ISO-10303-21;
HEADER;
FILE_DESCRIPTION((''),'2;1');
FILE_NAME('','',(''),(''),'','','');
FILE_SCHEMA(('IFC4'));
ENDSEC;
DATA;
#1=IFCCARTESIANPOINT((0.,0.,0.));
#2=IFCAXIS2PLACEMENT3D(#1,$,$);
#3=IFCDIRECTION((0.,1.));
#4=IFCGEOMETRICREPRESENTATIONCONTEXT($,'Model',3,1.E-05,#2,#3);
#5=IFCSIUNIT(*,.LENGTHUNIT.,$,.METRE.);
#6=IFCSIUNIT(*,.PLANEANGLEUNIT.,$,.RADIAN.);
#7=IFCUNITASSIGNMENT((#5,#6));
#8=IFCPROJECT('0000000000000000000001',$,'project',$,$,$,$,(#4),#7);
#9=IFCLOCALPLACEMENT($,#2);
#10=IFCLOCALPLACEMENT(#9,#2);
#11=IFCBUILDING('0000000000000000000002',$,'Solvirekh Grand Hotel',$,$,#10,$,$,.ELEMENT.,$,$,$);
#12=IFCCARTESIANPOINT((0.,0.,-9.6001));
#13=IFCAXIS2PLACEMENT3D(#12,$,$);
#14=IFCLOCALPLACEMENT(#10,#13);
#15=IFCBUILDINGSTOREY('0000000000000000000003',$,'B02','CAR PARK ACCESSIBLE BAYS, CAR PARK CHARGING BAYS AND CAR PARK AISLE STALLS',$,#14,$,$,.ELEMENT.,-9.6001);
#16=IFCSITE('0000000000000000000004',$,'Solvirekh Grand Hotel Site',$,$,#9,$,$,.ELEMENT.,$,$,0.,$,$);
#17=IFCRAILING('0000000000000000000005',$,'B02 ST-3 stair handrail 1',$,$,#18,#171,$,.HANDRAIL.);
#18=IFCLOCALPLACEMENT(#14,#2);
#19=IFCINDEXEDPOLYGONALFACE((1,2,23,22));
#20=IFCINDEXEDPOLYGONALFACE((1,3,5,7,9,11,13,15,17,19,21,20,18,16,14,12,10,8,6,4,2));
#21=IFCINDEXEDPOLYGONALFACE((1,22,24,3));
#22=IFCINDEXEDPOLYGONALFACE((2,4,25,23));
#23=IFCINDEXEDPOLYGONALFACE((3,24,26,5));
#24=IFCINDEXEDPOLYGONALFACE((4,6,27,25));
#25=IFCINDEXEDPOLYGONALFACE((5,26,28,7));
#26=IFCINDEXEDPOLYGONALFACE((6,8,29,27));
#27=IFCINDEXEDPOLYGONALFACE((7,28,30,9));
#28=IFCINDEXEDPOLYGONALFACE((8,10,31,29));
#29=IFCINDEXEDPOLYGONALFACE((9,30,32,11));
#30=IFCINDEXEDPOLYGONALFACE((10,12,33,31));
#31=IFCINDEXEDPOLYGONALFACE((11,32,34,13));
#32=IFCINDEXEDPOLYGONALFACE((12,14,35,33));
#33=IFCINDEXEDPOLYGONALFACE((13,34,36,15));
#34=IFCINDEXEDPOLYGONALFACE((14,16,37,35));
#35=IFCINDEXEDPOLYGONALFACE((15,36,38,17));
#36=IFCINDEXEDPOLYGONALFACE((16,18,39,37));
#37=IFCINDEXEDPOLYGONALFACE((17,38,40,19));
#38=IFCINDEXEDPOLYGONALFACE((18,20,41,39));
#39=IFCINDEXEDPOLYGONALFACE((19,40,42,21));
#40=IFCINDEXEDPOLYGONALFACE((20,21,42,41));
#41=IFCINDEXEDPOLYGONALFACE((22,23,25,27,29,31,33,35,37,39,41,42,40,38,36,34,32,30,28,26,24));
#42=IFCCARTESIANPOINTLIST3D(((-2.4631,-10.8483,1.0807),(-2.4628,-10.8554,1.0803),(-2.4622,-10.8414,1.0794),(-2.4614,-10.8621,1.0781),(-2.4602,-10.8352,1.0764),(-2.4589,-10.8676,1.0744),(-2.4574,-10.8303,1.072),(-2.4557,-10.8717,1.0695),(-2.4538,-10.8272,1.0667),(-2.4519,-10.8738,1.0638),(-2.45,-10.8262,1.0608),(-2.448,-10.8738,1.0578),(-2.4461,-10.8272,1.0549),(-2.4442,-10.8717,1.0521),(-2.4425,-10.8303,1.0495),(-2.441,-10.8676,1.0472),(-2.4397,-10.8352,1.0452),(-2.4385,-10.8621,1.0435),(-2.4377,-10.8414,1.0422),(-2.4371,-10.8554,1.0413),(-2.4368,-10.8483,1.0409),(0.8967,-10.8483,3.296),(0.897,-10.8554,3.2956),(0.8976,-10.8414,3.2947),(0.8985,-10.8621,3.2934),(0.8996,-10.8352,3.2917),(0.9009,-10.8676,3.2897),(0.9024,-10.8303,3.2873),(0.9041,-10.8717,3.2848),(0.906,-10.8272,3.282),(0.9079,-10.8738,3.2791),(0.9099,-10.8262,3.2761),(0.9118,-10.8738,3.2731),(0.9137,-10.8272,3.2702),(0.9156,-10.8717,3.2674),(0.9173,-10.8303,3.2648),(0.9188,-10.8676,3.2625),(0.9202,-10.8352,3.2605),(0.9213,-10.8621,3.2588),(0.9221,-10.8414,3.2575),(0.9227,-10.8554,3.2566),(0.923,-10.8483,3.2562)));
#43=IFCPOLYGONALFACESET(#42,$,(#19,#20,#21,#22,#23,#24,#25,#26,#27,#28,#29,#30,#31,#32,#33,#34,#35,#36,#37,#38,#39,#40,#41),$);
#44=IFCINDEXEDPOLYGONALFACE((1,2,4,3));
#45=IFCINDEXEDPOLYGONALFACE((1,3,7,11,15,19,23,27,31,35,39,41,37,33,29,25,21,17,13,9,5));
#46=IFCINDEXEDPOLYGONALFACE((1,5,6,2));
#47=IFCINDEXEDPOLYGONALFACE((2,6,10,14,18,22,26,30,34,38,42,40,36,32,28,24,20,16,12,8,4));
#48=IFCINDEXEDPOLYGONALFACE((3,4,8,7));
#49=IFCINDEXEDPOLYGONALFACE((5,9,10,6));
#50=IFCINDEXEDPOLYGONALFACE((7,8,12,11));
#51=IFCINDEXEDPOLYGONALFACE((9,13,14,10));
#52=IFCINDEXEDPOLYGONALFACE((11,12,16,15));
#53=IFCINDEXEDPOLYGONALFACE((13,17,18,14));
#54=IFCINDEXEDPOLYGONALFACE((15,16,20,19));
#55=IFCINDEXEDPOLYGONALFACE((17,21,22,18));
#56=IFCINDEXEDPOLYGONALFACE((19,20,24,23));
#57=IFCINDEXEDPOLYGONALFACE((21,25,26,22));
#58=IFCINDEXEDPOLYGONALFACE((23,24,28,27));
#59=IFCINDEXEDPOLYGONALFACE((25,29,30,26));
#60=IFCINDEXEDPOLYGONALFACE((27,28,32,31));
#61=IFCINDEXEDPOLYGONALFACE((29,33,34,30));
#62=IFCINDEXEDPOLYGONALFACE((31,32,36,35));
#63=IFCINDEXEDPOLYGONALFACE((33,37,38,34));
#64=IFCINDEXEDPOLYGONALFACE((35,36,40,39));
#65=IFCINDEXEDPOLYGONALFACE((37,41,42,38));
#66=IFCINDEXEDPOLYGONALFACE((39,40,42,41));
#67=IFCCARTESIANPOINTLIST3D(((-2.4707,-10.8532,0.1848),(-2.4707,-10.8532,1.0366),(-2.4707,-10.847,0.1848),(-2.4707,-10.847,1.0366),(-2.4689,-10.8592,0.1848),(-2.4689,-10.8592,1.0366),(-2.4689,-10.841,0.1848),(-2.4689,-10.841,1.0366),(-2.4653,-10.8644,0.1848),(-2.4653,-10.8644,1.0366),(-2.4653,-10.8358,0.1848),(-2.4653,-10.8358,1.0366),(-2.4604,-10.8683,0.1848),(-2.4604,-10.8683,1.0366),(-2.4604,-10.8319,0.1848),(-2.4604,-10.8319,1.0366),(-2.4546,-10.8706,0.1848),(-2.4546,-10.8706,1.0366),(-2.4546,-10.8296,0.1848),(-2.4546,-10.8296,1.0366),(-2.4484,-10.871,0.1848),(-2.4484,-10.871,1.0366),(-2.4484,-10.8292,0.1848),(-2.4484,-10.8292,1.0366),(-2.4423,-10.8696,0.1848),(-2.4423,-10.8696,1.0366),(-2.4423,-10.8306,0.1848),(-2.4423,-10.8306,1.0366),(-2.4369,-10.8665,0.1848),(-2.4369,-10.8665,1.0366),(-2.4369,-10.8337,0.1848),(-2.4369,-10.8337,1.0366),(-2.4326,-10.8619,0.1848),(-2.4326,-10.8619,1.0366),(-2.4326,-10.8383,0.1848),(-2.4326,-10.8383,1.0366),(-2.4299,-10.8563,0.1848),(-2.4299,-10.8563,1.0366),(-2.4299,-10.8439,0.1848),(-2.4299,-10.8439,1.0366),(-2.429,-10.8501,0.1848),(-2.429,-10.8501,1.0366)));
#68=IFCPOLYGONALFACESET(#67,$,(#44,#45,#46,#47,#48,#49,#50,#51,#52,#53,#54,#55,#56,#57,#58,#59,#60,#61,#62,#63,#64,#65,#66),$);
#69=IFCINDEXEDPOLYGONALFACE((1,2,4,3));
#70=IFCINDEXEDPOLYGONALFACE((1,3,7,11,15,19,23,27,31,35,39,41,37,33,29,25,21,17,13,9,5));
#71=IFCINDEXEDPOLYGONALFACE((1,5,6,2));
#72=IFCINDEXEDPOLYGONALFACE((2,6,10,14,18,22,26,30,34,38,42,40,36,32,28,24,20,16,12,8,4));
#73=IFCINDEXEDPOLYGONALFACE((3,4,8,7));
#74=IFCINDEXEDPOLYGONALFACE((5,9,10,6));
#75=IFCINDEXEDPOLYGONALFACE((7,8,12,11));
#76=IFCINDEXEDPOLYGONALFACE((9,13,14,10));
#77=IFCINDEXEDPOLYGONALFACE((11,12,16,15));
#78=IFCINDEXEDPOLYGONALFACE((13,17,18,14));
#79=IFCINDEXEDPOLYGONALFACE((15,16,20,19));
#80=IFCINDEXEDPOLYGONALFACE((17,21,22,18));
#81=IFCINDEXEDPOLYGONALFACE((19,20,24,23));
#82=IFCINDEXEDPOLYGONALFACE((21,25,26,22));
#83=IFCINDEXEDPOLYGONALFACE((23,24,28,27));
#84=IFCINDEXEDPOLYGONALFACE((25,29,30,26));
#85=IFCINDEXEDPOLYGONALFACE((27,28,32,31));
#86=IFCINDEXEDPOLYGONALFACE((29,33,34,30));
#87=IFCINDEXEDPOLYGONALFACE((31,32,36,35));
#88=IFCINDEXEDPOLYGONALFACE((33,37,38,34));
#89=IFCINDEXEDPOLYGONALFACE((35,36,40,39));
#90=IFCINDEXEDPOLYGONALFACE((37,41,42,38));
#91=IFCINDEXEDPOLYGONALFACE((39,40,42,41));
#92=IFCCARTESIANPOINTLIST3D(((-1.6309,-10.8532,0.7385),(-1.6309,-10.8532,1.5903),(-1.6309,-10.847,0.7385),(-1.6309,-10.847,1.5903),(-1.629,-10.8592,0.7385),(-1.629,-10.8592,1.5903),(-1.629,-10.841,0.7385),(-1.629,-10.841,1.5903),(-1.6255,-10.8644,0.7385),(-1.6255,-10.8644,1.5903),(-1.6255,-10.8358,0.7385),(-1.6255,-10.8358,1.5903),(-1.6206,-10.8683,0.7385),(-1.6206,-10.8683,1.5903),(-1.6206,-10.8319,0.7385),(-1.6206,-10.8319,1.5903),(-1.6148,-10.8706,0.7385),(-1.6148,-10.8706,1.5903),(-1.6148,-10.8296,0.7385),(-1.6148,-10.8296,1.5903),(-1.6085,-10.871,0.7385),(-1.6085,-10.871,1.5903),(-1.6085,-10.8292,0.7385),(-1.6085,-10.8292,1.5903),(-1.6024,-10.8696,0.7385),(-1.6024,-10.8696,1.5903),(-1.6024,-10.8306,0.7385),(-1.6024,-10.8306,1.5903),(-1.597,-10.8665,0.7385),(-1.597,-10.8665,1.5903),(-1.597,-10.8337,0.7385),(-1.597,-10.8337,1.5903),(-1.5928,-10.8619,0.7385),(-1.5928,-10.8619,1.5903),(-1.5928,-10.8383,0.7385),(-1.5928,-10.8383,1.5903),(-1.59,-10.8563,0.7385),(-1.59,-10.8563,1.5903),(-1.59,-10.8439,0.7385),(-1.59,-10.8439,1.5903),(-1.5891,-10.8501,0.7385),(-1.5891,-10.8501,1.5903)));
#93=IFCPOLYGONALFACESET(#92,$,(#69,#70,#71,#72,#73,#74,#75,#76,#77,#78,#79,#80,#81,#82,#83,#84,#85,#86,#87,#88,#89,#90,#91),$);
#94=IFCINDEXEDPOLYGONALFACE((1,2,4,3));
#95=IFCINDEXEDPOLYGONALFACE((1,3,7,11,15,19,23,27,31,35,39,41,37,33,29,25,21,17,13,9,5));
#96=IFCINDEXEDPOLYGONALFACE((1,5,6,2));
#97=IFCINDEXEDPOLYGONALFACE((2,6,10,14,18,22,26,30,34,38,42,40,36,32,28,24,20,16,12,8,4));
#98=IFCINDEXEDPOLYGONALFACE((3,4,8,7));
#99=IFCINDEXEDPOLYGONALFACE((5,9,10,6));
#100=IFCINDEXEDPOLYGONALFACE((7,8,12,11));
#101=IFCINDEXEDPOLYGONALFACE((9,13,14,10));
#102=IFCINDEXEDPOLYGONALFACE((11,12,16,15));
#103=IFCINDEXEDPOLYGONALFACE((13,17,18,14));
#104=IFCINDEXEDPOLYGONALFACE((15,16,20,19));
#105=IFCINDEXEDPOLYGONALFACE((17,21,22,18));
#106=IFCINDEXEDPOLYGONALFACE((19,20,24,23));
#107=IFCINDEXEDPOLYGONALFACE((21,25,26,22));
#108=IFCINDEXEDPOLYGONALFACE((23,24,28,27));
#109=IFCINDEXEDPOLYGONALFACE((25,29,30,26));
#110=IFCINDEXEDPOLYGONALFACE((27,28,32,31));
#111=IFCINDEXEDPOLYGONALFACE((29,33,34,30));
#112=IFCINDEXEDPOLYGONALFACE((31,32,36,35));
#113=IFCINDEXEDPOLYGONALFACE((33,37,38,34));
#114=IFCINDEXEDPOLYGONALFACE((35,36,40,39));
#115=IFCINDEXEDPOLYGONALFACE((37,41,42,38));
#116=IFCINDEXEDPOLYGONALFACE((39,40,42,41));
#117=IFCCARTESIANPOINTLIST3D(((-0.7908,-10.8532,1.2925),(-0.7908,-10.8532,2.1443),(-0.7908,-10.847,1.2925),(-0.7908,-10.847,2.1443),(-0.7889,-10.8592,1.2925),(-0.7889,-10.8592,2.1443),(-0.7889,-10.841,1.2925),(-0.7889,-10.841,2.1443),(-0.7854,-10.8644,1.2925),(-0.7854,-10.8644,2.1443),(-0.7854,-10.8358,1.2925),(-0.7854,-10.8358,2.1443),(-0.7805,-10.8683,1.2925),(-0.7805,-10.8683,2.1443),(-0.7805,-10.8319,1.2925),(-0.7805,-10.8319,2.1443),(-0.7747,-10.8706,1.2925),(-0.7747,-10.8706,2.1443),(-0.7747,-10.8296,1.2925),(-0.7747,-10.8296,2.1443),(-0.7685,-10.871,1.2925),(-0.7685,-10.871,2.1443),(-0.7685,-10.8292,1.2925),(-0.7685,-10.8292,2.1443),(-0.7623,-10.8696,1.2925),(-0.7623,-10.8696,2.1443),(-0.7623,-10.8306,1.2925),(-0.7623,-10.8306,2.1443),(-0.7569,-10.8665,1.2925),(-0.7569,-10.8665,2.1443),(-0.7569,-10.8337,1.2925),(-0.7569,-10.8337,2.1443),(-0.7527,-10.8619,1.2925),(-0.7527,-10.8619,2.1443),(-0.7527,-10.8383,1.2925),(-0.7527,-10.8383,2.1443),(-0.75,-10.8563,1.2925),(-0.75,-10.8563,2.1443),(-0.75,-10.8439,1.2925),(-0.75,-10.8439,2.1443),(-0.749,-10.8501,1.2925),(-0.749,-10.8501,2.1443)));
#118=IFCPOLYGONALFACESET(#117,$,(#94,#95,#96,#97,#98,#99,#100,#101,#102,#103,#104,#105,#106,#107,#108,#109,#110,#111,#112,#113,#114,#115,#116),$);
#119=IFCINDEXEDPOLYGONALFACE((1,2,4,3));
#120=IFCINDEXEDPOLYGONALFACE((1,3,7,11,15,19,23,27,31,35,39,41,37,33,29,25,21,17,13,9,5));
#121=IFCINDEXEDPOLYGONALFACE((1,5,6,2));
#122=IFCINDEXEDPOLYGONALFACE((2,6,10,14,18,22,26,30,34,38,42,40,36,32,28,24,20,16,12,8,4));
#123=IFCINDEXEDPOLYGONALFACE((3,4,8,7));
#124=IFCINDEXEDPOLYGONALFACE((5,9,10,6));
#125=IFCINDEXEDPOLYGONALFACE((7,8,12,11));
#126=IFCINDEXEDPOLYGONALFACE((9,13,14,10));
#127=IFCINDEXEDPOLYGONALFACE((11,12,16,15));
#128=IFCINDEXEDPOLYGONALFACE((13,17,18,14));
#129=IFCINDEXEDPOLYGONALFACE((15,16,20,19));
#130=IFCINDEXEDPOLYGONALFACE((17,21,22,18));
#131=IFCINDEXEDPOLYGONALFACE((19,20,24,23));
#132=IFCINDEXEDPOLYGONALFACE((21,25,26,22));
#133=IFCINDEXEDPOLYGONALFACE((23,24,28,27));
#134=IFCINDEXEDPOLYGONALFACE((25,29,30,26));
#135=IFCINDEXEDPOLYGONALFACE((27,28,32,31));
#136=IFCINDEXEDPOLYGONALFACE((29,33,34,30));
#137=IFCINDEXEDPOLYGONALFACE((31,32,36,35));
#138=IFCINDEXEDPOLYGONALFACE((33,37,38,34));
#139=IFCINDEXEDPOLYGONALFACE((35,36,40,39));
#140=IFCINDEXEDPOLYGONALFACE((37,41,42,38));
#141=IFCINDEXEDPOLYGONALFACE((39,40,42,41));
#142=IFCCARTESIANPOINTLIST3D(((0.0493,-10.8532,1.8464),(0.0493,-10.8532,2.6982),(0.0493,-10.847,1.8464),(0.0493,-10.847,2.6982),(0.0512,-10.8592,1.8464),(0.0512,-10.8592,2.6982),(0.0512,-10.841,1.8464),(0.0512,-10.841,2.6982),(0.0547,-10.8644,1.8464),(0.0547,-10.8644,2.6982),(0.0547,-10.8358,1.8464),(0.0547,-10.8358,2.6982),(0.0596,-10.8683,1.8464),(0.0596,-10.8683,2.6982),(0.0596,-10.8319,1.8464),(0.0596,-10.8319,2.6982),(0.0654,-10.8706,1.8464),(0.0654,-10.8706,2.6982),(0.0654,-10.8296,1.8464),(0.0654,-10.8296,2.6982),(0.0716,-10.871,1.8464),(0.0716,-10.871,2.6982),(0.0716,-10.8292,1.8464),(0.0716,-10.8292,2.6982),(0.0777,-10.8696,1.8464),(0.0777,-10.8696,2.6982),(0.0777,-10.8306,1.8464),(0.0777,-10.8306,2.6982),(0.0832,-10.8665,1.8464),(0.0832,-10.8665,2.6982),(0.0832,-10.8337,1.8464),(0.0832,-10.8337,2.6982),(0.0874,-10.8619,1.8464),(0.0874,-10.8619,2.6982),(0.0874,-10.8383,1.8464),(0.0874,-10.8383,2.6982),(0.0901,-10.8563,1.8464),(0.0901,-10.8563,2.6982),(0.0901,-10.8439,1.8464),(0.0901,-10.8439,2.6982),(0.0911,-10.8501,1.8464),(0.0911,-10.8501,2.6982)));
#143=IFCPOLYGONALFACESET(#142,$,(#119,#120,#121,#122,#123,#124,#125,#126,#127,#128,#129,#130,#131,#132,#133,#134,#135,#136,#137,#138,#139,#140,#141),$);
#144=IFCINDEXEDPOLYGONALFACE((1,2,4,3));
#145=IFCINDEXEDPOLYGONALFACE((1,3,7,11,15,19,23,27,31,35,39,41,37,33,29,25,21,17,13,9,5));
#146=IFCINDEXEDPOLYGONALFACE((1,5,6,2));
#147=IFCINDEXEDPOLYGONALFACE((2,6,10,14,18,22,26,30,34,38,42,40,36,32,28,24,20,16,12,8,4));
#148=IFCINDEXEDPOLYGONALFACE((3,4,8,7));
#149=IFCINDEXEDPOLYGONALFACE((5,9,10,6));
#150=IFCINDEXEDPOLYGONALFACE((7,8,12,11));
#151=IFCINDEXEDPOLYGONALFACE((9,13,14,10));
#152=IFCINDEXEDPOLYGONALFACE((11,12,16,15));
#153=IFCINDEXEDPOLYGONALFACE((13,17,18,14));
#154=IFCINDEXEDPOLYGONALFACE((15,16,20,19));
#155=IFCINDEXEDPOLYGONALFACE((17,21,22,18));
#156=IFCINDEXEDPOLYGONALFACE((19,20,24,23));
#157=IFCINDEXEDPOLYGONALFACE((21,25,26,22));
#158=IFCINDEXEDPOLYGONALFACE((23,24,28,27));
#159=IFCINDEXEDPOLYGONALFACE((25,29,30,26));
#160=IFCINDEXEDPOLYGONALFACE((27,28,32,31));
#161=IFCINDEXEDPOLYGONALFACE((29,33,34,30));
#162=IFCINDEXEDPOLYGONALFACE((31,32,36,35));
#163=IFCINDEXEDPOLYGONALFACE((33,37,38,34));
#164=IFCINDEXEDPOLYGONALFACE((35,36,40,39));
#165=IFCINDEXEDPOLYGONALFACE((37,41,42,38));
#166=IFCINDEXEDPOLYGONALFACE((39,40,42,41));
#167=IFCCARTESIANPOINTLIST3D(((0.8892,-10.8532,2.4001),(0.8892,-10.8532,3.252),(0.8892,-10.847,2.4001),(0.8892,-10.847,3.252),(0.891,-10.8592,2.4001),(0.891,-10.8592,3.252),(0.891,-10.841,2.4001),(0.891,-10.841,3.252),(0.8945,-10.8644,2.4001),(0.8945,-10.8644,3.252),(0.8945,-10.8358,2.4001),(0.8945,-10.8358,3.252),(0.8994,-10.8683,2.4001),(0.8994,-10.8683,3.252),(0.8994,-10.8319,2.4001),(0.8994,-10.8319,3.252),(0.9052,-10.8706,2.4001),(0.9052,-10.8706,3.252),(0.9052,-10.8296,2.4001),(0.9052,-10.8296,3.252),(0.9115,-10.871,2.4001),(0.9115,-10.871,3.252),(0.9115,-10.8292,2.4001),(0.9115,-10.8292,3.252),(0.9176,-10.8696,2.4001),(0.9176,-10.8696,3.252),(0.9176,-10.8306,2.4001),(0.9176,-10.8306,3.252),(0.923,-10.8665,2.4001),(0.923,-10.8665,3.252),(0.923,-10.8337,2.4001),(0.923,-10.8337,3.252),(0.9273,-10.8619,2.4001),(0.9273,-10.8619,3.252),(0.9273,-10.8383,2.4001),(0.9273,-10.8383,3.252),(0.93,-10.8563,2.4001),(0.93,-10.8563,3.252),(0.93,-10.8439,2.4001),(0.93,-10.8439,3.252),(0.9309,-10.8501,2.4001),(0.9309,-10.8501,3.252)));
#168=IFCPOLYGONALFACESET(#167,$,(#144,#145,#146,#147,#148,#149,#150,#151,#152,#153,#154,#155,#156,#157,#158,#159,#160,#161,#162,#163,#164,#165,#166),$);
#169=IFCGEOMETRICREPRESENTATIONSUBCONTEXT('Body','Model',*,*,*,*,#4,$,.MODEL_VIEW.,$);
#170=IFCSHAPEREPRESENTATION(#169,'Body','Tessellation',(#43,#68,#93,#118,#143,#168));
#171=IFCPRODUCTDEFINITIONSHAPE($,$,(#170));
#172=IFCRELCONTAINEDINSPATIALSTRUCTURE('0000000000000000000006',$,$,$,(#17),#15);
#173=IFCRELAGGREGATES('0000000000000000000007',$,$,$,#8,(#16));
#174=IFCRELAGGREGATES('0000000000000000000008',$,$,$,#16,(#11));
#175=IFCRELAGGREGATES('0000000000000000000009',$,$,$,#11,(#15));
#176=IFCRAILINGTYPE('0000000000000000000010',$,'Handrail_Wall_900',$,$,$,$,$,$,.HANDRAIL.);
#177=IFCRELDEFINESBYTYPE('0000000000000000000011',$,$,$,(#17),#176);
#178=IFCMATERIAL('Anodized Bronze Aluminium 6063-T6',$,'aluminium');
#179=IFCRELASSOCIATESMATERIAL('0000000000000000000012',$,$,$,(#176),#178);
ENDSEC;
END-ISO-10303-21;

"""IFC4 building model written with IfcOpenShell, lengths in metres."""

from ifc_helpers import new_model, si_unit, direction, frame, origin, origin_2d, place, context, subcontext, project, spatial, circle, extrude, material, type_object, element, save


model = new_model("IFC4")

# Units and contexts
model_context = context("Model", 3, precision=1e-05, world=origin(), true_north=direction((0.0, 1.0)))
body_context = subcontext(model_context, "Body", "Model", "MODEL_VIEW")
ifc_project = project(units=[si_unit("LENGTHUNIT", "METRE"), si_unit("PLANEANGLEUNIT", "RADIAN")], contexts=[model_context])

# Site, building, storey
site_placement = place(None, origin())
site = spatial("IfcSite", under=ifc_project, at=site_placement, Name="Solvirekh Grand Hotel Site", CompositionType="ELEMENT", RefElevation=0.0)
building_placement = place(site_placement, origin())
building = spatial("IfcBuilding", under=site, at=building_placement, Name="Solvirekh Grand Hotel", CompositionType="ELEMENT")
storey_placement = place(building_placement, frame((0.0, 0.0, -9.6001)))
storey = spatial("IfcBuildingStorey", under=building, at=storey_placement, Name="B02", Description="CAR PARK ACCESSIBLE BAYS, CAR PARK CHARGING BAYS AND CAR PARK AISLE STALLS", CompositionType="ELEMENT", Elevation=-9.6001)

# Railing
ifc_material_1 = material(Name="Anodized Bronze Aluminium 6063-T6", Category="aluminium")
railing_type_1 = type_object("IfcRailingType", Name="Handrail_Wall_900", PredefinedType="HANDRAIL", material=ifc_material_1)
for number, where, name in (
    (1, (-2.45, -10.8501, 0.1848), "B02 ST-3 stair handrail 1"),
):
    element("IfcRailing", number, at=place(storey_placement, frame(where)), inside=storey, type_object=railing_type_1, Name=name, PredefinedType="HANDRAIL", context=body_context, shape_type="SweptSolid", body=[
        extrude(circle(Radius=0.0239, at=origin_2d()), frame((0.0, 0.0, 0.876), z_axis=(0.834858, 0.0, 0.550465), x_axis=(0.0, 1.0, 0.0)), (0.0, 0.0, 1.0), 4.0244),
        extrude(circle(Radius=0.021, at=origin_2d()), origin(), (0.0, 0.0, 1.0), 0.8518),
        extrude(circle(Radius=0.021, at=origin_2d()), frame((0.8398, 0.0, 0.5537)), (0.0, 0.0, 1.0), 0.8518),
        extrude(circle(Radius=0.021, at=origin_2d()), frame((1.6799, 0.0, 1.1077)), (0.0, 0.0, 1.0), 0.8518),
        extrude(circle(Radius=0.021, at=origin_2d()), frame((2.52, 0.0, 1.6616)), (0.0, 0.0, 1.0), 0.8518),
        extrude(circle(Radius=0.021, at=origin_2d()), frame((3.3599, 0.0, 2.2153)), (0.0, 0.0, 1.0), 0.8518),
    ])

save(model, "model.ifc")
